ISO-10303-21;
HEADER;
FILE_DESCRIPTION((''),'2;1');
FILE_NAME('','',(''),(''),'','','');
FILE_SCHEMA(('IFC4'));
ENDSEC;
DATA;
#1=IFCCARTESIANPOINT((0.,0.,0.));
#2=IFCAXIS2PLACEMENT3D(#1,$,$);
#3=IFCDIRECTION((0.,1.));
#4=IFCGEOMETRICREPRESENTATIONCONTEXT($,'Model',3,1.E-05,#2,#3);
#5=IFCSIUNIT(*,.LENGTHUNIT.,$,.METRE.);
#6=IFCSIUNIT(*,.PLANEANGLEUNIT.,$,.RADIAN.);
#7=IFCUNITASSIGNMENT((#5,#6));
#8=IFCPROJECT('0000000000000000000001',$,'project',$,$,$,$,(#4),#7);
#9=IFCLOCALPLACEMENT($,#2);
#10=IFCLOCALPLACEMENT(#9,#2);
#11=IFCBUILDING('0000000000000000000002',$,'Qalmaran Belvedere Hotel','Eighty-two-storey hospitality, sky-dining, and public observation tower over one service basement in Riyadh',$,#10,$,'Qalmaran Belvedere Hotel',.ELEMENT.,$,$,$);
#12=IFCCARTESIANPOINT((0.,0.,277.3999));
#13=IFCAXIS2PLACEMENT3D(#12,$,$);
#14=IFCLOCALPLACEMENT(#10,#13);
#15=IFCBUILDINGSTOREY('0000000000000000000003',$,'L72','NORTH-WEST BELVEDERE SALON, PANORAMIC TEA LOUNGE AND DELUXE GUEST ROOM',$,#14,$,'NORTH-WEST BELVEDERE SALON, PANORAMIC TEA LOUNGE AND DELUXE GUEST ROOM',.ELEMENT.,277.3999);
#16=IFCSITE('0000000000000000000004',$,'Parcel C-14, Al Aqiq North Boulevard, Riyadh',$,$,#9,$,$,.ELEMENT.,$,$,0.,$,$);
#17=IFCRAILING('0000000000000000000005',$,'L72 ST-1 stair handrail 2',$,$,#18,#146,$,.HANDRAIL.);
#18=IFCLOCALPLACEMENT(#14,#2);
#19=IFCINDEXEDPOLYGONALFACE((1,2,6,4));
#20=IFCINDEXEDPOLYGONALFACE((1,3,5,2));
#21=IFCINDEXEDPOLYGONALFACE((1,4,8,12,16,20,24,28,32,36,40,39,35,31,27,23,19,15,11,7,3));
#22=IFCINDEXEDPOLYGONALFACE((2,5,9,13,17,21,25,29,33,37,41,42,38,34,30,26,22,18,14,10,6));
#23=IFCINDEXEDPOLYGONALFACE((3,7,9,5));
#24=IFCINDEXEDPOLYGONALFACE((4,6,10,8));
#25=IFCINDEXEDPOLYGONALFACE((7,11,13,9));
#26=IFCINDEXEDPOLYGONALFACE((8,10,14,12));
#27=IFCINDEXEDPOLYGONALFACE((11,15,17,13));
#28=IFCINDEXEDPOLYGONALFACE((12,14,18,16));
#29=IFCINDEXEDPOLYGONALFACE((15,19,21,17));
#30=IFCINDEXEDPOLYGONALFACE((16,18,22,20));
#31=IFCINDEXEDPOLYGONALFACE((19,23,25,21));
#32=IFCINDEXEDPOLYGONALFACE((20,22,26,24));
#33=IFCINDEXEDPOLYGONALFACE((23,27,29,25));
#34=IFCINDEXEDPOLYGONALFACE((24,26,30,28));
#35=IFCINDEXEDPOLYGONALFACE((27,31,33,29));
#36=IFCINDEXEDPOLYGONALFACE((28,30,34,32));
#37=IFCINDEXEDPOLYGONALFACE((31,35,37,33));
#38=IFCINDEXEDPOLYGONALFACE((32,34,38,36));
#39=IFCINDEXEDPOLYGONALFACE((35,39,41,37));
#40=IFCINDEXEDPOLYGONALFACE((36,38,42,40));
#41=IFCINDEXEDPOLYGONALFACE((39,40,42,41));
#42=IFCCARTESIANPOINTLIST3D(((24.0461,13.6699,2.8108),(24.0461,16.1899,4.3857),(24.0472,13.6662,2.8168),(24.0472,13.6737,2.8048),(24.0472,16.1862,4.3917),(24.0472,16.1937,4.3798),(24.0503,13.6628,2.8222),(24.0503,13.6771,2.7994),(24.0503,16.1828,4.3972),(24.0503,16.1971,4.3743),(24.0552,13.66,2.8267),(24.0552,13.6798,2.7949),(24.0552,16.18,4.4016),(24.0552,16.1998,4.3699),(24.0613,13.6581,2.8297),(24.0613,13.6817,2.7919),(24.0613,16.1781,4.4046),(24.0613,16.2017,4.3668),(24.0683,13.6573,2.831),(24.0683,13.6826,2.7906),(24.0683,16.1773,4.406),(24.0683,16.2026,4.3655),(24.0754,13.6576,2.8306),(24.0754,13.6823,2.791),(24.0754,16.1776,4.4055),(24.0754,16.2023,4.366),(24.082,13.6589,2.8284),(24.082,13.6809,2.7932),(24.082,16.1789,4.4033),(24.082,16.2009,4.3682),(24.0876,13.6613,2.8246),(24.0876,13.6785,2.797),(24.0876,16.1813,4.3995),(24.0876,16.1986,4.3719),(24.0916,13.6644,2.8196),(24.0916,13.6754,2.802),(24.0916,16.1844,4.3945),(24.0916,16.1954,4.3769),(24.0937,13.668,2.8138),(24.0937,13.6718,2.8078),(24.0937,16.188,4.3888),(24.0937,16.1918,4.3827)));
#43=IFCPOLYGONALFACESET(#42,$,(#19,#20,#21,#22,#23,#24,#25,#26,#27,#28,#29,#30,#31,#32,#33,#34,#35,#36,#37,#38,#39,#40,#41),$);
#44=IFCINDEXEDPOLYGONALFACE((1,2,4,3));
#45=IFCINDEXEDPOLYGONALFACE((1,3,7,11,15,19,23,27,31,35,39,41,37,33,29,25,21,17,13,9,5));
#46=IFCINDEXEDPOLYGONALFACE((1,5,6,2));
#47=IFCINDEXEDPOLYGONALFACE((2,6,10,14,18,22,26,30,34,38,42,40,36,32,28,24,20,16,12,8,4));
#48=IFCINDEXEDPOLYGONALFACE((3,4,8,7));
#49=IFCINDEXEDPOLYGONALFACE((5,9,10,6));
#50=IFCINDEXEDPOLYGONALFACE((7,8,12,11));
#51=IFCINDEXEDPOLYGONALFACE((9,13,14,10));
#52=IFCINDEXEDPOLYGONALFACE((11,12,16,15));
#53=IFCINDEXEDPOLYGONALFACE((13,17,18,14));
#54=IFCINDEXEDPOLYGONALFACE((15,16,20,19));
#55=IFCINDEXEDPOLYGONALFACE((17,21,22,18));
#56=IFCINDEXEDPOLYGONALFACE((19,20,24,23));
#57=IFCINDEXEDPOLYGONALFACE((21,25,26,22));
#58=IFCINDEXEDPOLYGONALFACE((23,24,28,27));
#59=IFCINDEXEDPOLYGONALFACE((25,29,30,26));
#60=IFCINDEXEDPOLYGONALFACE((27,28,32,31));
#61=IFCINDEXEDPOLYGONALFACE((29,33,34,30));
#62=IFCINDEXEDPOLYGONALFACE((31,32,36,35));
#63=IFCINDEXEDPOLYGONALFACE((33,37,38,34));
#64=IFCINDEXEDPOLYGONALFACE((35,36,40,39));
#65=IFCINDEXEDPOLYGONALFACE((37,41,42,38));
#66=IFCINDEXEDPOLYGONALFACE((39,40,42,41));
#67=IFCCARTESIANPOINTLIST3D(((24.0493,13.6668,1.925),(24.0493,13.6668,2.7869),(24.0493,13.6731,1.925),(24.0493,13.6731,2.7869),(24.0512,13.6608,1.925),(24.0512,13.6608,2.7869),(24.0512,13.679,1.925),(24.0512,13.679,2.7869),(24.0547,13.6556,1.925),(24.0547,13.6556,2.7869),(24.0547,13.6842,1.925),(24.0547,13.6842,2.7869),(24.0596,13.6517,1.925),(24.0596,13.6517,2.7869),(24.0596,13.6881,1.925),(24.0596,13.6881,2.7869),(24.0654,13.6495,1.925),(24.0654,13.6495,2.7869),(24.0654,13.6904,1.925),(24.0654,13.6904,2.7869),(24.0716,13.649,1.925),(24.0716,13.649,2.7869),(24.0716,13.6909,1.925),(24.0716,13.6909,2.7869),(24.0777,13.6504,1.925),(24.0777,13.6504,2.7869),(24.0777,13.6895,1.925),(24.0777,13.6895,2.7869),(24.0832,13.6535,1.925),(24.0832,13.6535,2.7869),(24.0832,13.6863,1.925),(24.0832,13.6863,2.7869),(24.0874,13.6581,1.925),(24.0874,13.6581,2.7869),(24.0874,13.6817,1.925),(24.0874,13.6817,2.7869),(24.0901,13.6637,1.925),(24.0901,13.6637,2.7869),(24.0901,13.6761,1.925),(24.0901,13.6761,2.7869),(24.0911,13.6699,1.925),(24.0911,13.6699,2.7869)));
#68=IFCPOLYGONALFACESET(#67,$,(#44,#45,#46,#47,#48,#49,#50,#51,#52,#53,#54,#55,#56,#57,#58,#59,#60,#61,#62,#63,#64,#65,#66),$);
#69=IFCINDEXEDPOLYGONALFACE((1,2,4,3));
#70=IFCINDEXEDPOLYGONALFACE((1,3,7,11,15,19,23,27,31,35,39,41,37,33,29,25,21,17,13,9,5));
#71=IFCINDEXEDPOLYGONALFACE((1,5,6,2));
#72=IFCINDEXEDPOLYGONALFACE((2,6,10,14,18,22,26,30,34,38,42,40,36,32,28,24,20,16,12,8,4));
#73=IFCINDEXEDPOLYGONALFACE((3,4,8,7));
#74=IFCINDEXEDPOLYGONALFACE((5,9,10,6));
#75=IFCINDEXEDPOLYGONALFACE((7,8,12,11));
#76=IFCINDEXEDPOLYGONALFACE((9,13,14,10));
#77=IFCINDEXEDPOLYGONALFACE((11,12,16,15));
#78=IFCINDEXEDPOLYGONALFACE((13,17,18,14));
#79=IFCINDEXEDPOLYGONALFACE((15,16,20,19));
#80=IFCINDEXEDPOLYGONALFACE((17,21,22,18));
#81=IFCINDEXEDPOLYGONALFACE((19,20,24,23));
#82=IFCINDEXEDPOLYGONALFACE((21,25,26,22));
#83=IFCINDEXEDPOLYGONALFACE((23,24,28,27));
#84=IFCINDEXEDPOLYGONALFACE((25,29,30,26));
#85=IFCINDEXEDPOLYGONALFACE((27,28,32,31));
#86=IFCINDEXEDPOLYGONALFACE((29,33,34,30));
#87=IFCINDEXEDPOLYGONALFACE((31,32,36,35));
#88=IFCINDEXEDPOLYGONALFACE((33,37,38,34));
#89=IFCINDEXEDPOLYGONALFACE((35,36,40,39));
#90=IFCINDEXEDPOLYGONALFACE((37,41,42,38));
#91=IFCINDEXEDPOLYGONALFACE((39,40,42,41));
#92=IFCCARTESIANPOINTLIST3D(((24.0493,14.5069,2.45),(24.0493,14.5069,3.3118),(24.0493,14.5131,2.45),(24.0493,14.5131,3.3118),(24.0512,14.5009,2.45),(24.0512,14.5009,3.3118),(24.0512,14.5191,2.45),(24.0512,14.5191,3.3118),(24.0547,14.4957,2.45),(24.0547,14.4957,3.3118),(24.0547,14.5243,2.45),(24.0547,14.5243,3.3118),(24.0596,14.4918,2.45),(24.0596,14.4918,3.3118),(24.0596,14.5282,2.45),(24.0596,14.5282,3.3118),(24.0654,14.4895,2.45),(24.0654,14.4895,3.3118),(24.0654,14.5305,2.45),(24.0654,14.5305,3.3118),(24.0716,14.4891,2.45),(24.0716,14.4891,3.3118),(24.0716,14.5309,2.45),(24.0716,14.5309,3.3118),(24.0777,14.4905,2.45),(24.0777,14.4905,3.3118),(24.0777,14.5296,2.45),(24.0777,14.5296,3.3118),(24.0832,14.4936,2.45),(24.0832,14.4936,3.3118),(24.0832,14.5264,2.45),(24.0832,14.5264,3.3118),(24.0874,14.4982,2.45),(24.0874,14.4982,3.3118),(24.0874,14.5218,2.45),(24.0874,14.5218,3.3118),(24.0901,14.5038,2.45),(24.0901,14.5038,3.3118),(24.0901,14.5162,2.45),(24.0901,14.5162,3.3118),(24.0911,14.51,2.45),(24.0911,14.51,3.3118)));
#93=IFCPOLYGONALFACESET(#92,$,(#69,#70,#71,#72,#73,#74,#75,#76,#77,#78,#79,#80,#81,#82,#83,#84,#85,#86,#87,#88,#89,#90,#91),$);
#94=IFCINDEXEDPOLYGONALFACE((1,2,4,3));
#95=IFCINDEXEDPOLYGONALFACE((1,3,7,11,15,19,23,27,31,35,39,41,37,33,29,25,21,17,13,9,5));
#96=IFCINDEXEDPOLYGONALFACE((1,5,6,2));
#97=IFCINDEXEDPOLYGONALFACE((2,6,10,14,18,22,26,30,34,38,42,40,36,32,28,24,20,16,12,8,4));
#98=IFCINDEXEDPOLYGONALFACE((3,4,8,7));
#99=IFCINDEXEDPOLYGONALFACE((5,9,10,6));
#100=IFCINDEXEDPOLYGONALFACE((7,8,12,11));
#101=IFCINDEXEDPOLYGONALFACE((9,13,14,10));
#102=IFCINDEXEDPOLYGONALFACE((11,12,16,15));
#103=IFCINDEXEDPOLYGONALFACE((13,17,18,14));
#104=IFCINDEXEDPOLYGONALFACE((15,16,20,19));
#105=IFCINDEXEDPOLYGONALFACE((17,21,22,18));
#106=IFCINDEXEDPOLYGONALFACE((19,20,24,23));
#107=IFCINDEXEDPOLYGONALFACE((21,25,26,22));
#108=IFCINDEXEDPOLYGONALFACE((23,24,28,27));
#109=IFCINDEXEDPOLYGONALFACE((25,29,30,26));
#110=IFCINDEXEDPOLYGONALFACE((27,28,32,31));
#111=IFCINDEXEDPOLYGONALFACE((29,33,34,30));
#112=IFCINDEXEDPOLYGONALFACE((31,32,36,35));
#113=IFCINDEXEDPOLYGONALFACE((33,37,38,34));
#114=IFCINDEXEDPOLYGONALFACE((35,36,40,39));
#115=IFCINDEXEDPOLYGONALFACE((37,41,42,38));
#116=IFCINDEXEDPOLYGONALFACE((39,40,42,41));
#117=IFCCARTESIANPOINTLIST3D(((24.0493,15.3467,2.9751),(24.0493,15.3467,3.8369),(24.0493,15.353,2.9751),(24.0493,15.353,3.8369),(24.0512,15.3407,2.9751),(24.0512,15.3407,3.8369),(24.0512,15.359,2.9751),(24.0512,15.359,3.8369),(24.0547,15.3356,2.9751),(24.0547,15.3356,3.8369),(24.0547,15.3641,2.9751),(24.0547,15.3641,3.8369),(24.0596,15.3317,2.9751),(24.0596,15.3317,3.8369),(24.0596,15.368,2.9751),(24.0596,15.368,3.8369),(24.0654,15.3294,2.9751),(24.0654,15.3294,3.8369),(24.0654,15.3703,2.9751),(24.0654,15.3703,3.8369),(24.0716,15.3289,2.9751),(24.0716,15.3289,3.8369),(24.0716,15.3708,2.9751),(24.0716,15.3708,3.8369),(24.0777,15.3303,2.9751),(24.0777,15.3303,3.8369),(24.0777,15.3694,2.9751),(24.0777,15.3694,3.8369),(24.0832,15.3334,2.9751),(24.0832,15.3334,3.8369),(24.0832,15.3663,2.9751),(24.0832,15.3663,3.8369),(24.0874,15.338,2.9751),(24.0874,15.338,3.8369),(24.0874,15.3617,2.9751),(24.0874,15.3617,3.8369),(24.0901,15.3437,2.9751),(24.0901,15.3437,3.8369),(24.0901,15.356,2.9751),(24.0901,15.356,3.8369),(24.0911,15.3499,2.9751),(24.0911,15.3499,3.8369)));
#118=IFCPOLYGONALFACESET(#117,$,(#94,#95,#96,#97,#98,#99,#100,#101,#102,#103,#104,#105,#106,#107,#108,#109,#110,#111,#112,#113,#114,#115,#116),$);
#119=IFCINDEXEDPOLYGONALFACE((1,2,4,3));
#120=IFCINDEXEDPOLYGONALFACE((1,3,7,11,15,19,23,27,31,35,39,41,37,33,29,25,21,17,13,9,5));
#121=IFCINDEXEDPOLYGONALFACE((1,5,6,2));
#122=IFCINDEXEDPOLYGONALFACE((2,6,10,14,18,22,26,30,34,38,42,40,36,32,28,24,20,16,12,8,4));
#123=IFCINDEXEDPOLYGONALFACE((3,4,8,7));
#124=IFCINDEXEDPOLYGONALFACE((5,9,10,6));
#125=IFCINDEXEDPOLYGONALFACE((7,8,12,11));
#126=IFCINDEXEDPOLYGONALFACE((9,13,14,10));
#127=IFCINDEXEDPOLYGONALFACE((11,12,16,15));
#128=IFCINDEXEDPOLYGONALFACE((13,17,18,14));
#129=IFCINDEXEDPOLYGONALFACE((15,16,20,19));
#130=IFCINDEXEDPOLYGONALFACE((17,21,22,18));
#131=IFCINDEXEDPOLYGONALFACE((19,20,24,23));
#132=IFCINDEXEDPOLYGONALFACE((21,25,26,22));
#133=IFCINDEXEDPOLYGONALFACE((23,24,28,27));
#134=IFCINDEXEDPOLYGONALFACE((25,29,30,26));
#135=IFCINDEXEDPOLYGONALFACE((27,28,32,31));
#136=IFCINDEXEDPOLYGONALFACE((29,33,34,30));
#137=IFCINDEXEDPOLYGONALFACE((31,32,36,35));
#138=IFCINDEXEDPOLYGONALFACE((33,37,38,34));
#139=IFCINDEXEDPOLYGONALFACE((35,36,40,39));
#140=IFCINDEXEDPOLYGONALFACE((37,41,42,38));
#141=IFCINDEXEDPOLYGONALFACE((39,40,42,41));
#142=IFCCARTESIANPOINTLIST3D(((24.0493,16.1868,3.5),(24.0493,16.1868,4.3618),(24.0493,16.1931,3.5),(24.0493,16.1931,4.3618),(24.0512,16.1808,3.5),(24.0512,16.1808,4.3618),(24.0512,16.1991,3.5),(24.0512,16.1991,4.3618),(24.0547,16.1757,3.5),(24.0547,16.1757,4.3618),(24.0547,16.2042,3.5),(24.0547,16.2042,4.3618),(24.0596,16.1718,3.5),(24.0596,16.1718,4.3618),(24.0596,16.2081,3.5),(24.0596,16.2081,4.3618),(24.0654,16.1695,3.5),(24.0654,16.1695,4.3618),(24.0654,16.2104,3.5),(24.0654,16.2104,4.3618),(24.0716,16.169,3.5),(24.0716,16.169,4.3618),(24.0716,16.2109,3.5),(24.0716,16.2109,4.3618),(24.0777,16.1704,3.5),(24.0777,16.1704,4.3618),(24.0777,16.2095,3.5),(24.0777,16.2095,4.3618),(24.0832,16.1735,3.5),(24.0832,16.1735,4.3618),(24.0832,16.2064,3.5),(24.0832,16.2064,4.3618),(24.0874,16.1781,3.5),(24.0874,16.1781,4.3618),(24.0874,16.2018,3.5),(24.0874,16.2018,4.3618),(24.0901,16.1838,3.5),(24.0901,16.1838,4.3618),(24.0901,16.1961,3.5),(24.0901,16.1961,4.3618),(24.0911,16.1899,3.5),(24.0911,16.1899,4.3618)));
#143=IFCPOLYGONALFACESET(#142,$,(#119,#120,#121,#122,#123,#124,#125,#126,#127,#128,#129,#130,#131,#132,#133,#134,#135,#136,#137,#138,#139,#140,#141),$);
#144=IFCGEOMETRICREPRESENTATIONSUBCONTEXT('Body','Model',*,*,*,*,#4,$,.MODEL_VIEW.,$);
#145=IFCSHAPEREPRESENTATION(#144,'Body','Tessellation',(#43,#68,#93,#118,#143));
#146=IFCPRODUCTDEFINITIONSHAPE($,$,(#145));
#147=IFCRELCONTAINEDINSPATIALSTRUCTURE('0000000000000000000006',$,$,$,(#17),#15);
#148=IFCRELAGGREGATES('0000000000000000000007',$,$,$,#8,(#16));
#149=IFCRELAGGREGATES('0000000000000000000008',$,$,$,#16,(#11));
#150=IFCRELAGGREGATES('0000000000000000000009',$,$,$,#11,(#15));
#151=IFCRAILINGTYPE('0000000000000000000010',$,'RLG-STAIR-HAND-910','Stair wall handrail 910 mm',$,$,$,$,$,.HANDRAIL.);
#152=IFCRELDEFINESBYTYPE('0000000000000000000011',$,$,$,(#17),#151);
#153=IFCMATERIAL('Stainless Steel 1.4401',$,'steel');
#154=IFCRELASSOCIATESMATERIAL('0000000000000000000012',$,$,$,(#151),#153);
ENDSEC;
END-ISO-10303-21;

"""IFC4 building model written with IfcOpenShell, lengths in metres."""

from ifc_helpers import new_model, si_unit, direction, frame, origin, origin_2d, place, context, subcontext, project, spatial, circle, extrude, material, type_object, element, save


model = new_model("IFC4")

# Units and contexts
model_context = context("Model", 3, precision=1e-05, world=origin(), true_north=direction((0.0, 1.0)))
body_context = subcontext(model_context, "Body", "Model", "MODEL_VIEW")
ifc_project = project(units=[si_unit("LENGTHUNIT", "METRE"), si_unit("PLANEANGLEUNIT", "RADIAN")], contexts=[model_context])

# Site, building, storey
site_placement = place(None, origin())
site = spatial("IfcSite", under=ifc_project, at=site_placement, Name="Parcel C-14, Al Aqiq North Boulevard, Riyadh", CompositionType="ELEMENT", RefElevation=0.0)
building_placement = place(site_placement, origin())
building = spatial("IfcBuilding", under=site, at=building_placement, Name="Qalmaran Belvedere Hotel", Description="Eighty-two-storey hospitality, sky-dining, and public observation tower over one service basement in Riyadh", LongName="Qalmaran Belvedere Hotel", CompositionType="ELEMENT")
storey_placement = place(building_placement, frame((0.0, 0.0, 277.3999)))
storey = spatial("IfcBuildingStorey", under=building, at=storey_placement, Name="L72", Description="NORTH-WEST BELVEDERE SALON, PANORAMIC TEA LOUNGE AND DELUXE GUEST ROOM", LongName="NORTH-WEST BELVEDERE SALON, PANORAMIC TEA LOUNGE AND DELUXE GUEST ROOM", CompositionType="ELEMENT", Elevation=277.3999)

# Railing
ifc_material_1 = material(Name="Stainless Steel 1.4401", Category="steel")
railing_type_1 = type_object("IfcRailingType", Name="RLG-STAIR-HAND-910", Description="Stair wall handrail 910 mm", PredefinedType="HANDRAIL", material=ifc_material_1)
railing_1_placement = place(storey_placement, frame((24.0701, 13.6699, 1.925)))
element("IfcRailing", 1, at=railing_1_placement, inside=storey, type_object=railing_type_1, Name="L72 ST-1 stair handrail 2", PredefinedType="HANDRAIL", context=body_context, shape_type="SweptSolid", body=[
    extrude(circle(Radius=0.0239, at=origin_2d()), frame((0.0, 0.0, 0.8857), z_axis=(0.0, 0.848008, 0.529984), x_axis=(-1.0, 0.0, 0.0)), (0.0, 0.0, 1.0), 2.9717),
    extrude(circle(Radius=0.021, at=origin_2d()), origin(), (0.0, 0.0, 1.0), 0.8618),
    extrude(circle(Radius=0.021, at=origin_2d()), frame((0.0, 0.8401, 0.5249)), (0.0, 0.0, 1.0), 0.8618),
    extrude(circle(Radius=0.021, at=origin_2d()), frame((0.0, 1.6799, 1.05)), (0.0, 0.0, 1.0), 0.8618),
    extrude(circle(Radius=0.021, at=origin_2d()), frame((0.0, 2.52, 1.575)), (0.0, 0.0, 1.0), 0.8618),
])

save(model, "model.ifc")
